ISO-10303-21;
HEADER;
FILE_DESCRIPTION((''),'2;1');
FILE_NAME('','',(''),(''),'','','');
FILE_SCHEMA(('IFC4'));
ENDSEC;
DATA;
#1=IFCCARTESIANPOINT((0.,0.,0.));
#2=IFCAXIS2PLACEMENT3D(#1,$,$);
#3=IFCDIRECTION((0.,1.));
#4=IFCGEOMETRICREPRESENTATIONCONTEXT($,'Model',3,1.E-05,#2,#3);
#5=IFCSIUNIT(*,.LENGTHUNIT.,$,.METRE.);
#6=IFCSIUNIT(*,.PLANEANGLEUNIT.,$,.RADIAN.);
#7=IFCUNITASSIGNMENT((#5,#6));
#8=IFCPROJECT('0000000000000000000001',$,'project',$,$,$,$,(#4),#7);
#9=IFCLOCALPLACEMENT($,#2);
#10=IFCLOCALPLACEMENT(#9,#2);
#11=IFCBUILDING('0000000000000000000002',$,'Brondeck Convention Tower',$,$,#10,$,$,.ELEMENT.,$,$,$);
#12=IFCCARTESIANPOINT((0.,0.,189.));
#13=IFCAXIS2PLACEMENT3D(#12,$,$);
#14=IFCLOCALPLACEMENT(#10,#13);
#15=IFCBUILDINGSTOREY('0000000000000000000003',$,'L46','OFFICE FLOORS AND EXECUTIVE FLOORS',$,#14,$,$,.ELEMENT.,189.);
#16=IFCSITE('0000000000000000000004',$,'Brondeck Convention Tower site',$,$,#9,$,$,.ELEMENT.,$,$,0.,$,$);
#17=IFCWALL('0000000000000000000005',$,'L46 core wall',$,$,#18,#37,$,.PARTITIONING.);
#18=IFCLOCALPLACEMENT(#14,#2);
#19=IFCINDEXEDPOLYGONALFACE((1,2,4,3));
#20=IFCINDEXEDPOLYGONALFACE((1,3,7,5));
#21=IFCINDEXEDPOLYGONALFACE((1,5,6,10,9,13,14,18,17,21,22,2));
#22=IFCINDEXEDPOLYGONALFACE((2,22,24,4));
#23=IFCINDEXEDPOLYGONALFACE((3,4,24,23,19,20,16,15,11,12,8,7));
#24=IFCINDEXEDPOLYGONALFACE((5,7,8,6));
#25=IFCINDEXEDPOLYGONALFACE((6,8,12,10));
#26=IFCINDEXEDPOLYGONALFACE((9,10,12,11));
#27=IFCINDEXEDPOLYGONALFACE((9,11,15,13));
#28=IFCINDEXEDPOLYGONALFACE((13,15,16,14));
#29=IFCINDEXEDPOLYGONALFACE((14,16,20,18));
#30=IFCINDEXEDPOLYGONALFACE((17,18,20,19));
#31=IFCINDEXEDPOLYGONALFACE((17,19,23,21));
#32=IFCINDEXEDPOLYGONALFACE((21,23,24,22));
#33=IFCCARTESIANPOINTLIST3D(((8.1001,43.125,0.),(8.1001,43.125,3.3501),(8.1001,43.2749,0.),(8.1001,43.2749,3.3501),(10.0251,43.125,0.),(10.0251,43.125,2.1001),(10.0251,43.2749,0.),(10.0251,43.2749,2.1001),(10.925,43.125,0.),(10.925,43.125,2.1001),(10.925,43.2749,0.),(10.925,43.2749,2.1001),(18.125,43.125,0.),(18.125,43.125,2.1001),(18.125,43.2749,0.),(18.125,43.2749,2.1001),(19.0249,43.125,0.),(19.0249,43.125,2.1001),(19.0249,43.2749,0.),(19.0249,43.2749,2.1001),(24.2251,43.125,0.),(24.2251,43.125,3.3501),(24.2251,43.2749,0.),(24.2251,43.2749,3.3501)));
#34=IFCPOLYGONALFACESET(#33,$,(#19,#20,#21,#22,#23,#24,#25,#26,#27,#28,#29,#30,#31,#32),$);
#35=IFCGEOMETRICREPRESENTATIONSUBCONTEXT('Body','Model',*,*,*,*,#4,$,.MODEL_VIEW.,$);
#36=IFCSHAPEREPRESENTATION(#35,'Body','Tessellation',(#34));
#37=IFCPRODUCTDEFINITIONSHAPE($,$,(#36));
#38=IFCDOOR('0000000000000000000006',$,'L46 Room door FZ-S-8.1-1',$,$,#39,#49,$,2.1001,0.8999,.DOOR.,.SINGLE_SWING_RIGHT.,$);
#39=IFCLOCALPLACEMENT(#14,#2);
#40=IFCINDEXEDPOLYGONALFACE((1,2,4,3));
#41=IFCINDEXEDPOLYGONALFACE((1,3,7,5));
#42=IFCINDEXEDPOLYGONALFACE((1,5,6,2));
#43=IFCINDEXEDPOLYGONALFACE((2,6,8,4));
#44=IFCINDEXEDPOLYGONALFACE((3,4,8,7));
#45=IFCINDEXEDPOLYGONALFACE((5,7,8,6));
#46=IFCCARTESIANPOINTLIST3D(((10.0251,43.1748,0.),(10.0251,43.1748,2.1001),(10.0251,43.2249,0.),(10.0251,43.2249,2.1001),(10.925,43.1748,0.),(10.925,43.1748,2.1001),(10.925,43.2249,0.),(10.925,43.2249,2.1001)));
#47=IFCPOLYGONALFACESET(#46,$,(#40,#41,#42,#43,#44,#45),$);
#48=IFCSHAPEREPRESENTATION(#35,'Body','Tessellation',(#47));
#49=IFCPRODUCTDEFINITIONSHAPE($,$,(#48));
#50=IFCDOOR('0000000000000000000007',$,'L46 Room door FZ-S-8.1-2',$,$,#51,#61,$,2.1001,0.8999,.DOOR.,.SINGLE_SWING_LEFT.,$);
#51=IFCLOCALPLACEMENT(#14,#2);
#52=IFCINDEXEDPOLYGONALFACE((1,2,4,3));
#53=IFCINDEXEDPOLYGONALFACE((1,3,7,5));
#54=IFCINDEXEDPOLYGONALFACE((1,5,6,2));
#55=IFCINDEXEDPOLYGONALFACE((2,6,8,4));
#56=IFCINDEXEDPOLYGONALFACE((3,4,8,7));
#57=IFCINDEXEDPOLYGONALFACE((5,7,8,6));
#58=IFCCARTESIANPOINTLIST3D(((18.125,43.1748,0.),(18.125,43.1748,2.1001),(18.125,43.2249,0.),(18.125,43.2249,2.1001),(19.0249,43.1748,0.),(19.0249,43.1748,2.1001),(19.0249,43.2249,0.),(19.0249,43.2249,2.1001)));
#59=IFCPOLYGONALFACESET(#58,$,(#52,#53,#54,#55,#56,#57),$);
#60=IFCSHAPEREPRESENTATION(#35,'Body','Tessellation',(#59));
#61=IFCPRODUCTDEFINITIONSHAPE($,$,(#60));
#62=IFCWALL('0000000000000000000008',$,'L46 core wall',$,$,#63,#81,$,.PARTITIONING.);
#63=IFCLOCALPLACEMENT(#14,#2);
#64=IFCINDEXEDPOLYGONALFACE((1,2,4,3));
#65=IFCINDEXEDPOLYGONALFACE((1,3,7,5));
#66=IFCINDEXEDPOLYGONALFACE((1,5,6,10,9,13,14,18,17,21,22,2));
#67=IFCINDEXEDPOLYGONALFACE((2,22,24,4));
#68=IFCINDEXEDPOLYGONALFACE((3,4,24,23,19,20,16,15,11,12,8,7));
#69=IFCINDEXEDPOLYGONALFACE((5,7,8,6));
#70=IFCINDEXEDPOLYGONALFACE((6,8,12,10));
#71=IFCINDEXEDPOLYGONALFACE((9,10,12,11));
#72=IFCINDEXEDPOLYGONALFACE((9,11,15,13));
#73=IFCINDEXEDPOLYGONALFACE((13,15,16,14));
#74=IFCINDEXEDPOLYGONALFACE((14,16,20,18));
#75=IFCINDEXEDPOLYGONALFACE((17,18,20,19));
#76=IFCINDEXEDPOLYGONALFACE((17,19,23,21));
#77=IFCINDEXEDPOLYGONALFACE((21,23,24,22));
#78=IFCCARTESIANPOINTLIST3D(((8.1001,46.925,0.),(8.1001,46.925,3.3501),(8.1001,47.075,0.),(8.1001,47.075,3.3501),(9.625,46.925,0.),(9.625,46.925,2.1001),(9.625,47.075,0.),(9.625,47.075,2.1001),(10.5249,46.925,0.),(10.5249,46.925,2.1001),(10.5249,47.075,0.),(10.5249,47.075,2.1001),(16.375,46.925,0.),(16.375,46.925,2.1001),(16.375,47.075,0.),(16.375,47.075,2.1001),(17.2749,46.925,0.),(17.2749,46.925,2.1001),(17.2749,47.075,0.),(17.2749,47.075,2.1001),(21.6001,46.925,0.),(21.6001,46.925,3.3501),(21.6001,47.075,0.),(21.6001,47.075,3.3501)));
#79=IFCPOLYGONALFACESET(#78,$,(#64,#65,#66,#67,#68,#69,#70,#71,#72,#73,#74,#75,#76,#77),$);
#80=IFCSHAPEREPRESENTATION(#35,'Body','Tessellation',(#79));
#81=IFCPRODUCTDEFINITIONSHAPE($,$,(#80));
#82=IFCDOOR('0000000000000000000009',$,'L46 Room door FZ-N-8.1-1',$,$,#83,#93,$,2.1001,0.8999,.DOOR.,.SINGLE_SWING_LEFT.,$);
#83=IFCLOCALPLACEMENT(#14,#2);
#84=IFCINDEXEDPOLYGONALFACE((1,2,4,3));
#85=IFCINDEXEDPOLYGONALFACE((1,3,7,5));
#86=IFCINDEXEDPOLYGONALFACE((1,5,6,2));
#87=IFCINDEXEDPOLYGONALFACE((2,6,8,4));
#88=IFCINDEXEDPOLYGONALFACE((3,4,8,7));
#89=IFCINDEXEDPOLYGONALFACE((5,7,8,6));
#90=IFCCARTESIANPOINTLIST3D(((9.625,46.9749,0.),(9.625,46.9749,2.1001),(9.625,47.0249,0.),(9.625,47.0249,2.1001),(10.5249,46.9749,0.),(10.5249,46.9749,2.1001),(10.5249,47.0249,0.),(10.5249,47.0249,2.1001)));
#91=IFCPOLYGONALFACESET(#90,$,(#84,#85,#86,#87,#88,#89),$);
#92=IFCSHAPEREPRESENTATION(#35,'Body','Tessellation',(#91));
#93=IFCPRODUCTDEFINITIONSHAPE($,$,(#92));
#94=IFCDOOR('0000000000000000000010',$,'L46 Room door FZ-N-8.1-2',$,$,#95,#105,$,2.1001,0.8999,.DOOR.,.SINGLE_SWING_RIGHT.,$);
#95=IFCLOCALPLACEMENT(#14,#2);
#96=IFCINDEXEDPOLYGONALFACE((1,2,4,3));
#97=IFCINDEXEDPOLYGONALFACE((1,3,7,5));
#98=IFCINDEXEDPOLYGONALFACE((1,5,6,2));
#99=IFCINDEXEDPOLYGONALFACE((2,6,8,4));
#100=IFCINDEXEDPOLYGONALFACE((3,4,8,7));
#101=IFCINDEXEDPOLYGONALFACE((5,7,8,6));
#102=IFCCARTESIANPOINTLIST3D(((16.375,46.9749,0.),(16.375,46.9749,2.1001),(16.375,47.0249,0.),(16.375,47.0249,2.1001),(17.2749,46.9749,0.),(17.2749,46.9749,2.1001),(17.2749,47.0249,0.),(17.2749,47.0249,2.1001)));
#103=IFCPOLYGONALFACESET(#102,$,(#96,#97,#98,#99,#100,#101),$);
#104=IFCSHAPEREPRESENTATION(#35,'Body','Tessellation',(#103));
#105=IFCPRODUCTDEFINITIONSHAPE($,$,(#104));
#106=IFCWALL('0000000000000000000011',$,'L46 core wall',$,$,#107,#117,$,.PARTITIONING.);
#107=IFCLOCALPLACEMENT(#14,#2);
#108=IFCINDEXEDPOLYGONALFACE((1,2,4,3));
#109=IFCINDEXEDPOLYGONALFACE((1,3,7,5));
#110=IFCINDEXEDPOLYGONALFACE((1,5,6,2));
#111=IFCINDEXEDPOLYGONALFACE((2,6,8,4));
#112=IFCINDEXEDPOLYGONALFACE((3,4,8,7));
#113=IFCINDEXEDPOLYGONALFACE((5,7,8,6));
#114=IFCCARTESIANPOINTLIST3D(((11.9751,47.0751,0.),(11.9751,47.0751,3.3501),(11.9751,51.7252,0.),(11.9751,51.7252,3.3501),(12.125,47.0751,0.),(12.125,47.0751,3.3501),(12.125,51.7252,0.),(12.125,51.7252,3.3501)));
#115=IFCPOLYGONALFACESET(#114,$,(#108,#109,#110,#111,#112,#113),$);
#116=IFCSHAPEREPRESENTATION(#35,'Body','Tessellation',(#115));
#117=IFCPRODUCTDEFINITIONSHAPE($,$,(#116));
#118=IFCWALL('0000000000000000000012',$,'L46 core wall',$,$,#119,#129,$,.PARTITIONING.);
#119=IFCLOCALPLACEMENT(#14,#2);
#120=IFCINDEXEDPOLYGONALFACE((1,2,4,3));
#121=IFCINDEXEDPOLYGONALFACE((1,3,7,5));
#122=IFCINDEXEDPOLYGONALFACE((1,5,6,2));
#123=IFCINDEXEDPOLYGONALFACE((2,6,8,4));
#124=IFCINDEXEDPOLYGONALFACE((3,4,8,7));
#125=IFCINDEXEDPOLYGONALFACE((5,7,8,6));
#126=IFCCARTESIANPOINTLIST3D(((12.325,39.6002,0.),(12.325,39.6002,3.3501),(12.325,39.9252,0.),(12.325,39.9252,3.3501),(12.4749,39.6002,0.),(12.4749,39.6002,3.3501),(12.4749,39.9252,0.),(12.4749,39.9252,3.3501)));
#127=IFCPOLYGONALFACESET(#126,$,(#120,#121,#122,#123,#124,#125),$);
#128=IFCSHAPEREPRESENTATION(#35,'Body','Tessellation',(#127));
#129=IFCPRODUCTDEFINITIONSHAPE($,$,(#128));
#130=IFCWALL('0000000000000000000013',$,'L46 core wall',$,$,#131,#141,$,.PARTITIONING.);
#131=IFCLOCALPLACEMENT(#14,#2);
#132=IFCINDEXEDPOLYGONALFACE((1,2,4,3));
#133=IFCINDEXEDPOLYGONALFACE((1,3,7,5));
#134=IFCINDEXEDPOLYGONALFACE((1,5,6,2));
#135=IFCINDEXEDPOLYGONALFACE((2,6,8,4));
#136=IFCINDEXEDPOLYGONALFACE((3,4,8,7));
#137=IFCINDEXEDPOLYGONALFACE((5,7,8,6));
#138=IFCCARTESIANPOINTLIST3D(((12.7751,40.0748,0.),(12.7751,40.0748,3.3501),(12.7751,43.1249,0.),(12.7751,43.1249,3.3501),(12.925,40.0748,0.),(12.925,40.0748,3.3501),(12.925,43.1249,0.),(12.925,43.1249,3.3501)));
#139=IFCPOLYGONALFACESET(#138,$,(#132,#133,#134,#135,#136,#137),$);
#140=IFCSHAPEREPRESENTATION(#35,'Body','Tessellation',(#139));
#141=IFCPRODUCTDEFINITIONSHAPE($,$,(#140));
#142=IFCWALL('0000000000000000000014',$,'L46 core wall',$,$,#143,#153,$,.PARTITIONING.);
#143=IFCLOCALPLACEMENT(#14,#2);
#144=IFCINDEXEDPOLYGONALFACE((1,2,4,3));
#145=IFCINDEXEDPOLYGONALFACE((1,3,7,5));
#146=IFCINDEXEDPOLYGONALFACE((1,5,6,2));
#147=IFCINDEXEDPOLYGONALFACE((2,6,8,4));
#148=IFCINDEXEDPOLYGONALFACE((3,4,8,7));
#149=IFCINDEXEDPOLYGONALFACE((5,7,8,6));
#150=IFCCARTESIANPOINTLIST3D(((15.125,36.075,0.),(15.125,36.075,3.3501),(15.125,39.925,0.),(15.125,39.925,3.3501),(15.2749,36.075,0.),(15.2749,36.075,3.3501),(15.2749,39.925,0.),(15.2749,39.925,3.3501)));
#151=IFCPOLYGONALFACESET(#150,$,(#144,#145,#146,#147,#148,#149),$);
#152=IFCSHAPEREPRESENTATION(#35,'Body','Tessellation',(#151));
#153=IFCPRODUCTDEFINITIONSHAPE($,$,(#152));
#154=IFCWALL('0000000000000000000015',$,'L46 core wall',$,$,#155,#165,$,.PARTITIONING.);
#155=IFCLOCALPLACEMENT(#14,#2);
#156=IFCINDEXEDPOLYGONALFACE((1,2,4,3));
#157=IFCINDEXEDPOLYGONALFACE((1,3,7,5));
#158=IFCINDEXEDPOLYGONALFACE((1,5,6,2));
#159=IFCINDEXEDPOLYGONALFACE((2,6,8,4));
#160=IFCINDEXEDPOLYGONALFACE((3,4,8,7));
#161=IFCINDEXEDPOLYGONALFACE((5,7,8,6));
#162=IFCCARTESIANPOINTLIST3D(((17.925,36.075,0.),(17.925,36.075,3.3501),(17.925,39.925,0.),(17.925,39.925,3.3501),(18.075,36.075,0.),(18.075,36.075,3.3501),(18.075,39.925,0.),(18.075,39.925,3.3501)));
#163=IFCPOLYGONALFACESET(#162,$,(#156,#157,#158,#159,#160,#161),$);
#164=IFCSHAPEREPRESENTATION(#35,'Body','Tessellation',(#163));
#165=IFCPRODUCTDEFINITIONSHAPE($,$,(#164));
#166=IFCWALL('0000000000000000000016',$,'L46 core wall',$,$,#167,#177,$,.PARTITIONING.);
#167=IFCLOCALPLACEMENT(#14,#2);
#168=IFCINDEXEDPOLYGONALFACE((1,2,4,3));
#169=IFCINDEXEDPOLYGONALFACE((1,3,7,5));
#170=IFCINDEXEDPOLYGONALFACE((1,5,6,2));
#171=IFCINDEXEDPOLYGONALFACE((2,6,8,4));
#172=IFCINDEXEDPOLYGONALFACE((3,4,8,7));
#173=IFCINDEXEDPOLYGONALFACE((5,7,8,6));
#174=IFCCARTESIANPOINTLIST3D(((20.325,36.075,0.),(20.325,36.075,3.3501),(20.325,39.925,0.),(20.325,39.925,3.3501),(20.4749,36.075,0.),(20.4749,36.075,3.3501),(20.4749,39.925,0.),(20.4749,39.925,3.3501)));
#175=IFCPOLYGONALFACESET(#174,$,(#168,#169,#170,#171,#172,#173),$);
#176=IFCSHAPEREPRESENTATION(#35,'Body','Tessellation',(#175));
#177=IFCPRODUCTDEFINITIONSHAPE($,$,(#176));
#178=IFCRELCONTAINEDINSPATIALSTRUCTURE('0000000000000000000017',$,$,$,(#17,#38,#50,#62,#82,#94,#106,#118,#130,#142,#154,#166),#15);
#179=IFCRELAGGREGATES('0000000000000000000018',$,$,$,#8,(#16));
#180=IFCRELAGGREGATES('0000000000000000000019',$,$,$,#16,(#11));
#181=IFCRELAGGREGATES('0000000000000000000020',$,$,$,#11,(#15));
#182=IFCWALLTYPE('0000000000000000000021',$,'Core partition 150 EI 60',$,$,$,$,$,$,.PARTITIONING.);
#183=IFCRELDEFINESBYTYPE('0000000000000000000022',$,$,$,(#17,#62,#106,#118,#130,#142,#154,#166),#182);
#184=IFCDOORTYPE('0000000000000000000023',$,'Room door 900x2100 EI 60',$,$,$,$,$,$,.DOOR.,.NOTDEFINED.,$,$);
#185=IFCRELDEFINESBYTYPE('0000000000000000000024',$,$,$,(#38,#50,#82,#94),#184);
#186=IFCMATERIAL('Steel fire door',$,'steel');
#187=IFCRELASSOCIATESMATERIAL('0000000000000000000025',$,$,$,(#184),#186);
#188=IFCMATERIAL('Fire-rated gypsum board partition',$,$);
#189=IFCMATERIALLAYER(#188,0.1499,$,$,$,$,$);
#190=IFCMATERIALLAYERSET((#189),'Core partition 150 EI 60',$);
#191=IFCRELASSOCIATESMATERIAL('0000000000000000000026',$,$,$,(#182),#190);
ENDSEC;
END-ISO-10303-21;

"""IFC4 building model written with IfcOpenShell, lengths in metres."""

from ifc_helpers import new_model, si_unit, direction, frame, frame_2d, origin, place, context, subcontext, project, spatial, rectangle, extrude, material, layer, layer_set, type_object, element, fill, save


model = new_model("IFC4")

# Units and contexts
model_context = context("Model", 3, precision=1e-05, world=origin(), true_north=direction((0.0, 1.0)))
body_context = subcontext(model_context, "Body", "Model", "MODEL_VIEW")
ifc_project = project(units=[si_unit("LENGTHUNIT", "METRE"), si_unit("PLANEANGLEUNIT", "RADIAN")], contexts=[model_context])

# Site, building, storey
site_placement = place(None, origin())
site = spatial("IfcSite", under=ifc_project, at=site_placement, Name="Brondeck Convention Tower site", CompositionType="ELEMENT", RefElevation=0.0)
building_placement = place(site_placement, origin())
building = spatial("IfcBuilding", under=site, at=building_placement, Name="Brondeck Convention Tower", CompositionType="ELEMENT")
storey_placement = place(building_placement, frame((0.0, 0.0, 189.0)))
storey = spatial("IfcBuildingStorey", under=building, at=storey_placement, Name="L46", Description="OFFICE FLOORS AND EXECUTIVE FLOORS", CompositionType="ELEMENT", Elevation=189.0)

# Shared definitions
ifc_material_1 = material(Name="Steel fire door", Category="steel")
door_type_1 = type_object("IfcDoorType", Name="Room door 900x2100 EI 60", OperationType="NOTDEFINED", PredefinedType="DOOR", material=ifc_material_1)

# Shared definitions
ifc_material_2 = material(Name="Fire-rated gypsum board partition")
ifc_layer_1 = layer(ifc_material_2, 0.1499)
ifc_layer_set_1 = layer_set([ifc_layer_1], Name="Core partition 150 EI 60")
wall_type_1 = type_object("IfcWallType", Name="Core partition 150 EI 60", PredefinedType="PARTITIONING", material=ifc_layer_set_1)

# Walls, openings, doors
wall_1_placement = place(storey_placement, frame((8.1001, 43.2, 0.0), z_axis=(0.0, 0.0, 1.0), x_axis=(1.0, 0.0, 0.0)))
wall_1 = element("IfcWall", 1, at=wall_1_placement, inside=storey, type_object=wall_type_1, Name="L46 core wall", PredefinedType="PARTITIONING", context=body_context, shape_type="SweptSolid", body=[
    extrude(rectangle(XDim=16.125, YDim=0.1499, at=frame_2d((8.0625, 0.0))), origin(), (0.0, 0.0, 1.0), 3.3501),
])
opening_1_placement = place(wall_1_placement, frame((1.925, 0.0, 0.0)))
opening_1 = element("IfcOpeningElement", 2, at=opening_1_placement, cuts=wall_1, PredefinedType="OPENING", context=body_context, shape_type="SweptSolid", body=[
    extrude(rectangle(XDim=0.8999, YDim=2.1001, at=frame_2d((0.45, 1.05))), frame((0.0, 0.085, 0.0), z_axis=(0.0, -1.0, 0.0), x_axis=(1.0, 0.0, 0.0)), (0.0, 0.0, 1.0), 0.1699),
])
opening_2_placement = place(wall_1_placement, frame((10.0249, 0.0, 0.0)))
opening_2 = element("IfcOpeningElement", 3, at=opening_2_placement, cuts=wall_1, PredefinedType="OPENING", context=body_context, shape_type="SweptSolid", body=[
    extrude(rectangle(XDim=0.8999, YDim=2.1001, at=frame_2d((0.45, 1.05))), frame((0.0, 0.085, 0.0), z_axis=(0.0, -1.0, 0.0), x_axis=(1.0, 0.0, 0.0)), (0.0, 0.0, 1.0), 0.1699),
])
door_1_placement = place(opening_1_placement, origin())
door_1 = element("IfcDoor", 4, at=door_1_placement, inside=storey, type_object=door_type_1, Name="L46 Room door FZ-S-8.1-1", OperationType="SINGLE_SWING_RIGHT", OverallHeight=2.1001, OverallWidth=0.8999, PredefinedType="DOOR", context=body_context, shape_type="SweptSolid", body=[
    extrude(rectangle(XDim=0.8999, YDim=2.1001, at=frame_2d((0.45, 1.05))), frame((0.0, 0.0249, 0.0), z_axis=(0.0, -1.0, 0.0), x_axis=(1.0, 0.0, 0.0)), (0.0, 0.0, 1.0), 0.05),
])
fill(opening_1, door_1)
door_2_placement = place(opening_2_placement, origin())
door_2 = element("IfcDoor", 5, at=door_2_placement, inside=storey, type_object=door_type_1, Name="L46 Room door FZ-S-8.1-2", OperationType="SINGLE_SWING_LEFT", OverallHeight=2.1001, OverallWidth=0.8999, PredefinedType="DOOR", context=body_context, shape_type="SweptSolid", body=[
    extrude(rectangle(XDim=0.8999, YDim=2.1001, at=frame_2d((0.45, 1.05))), frame((0.0, 0.0249, 0.0), z_axis=(0.0, -1.0, 0.0), x_axis=(1.0, 0.0, 0.0)), (0.0, 0.0, 1.0), 0.05),
])
fill(opening_2, door_2)
wall_2_placement = place(storey_placement, frame((8.1001, 47.0, 0.0), z_axis=(0.0, 0.0, 1.0), x_axis=(1.0, 0.0, 0.0)))
wall_2 = element("IfcWall", 6, at=wall_2_placement, inside=storey, type_object=wall_type_1, Name="L46 core wall", PredefinedType="PARTITIONING", context=body_context, shape_type="SweptSolid", body=[
    extrude(rectangle(XDim=13.5, YDim=0.1499, at=frame_2d((6.75, 0.0))), origin(), (0.0, 0.0, 1.0), 3.3501),
])
opening_3_placement = place(wall_2_placement, frame((1.5249, 0.0, 0.0)))
opening_3 = element("IfcOpeningElement", 7, at=opening_3_placement, cuts=wall_2, PredefinedType="OPENING", context=body_context, shape_type="SweptSolid", body=[
    extrude(rectangle(XDim=0.8999, YDim=2.1001, at=frame_2d((0.45, 1.05))), frame((0.0, 0.085, 0.0), z_axis=(0.0, -1.0, 0.0), x_axis=(1.0, 0.0, 0.0)), (0.0, 0.0, 1.0), 0.1699),
])
opening_4_placement = place(wall_2_placement, frame((8.2749, 0.0, 0.0)))
opening_4 = element("IfcOpeningElement", 8, at=opening_4_placement, cuts=wall_2, PredefinedType="OPENING", context=body_context, shape_type="SweptSolid", body=[
    extrude(rectangle(XDim=0.8999, YDim=2.1001, at=frame_2d((0.45, 1.05))), frame((0.0, 0.085, 0.0), z_axis=(0.0, -1.0, 0.0), x_axis=(1.0, 0.0, 0.0)), (0.0, 0.0, 1.0), 0.1699),
])
door_3_placement = place(opening_3_placement, origin())
door_3 = element("IfcDoor", 9, at=door_3_placement, inside=storey, type_object=door_type_1, Name="L46 Room door FZ-N-8.1-1", OperationType="SINGLE_SWING_LEFT", OverallHeight=2.1001, OverallWidth=0.8999, PredefinedType="DOOR", context=body_context, shape_type="SweptSolid", body=[
    extrude(rectangle(XDim=0.8999, YDim=2.1001, at=frame_2d((0.45, 1.05))), frame((0.0, 0.0249, 0.0), z_axis=(0.0, -1.0, 0.0), x_axis=(1.0, 0.0, 0.0)), (0.0, 0.0, 1.0), 0.05),
])
fill(opening_3, door_3)
door_4_placement = place(opening_4_placement, origin())
door_4 = element("IfcDoor", 10, at=door_4_placement, inside=storey, type_object=door_type_1, Name="L46 Room door FZ-N-8.1-2", OperationType="SINGLE_SWING_RIGHT", OverallHeight=2.1001, OverallWidth=0.8999, PredefinedType="DOOR", context=body_context, shape_type="SweptSolid", body=[
    extrude(rectangle(XDim=0.8999, YDim=2.1001, at=frame_2d((0.45, 1.05))), frame((0.0, 0.0249, 0.0), z_axis=(0.0, -1.0, 0.0), x_axis=(1.0, 0.0, 0.0)), (0.0, 0.0, 1.0), 0.05),
])
fill(opening_4, door_4)

# Walls
wall_3_placement = place(storey_placement, frame((12.05, 47.075, 0.0), z_axis=(0.0, 0.0, 1.0), x_axis=(0.0, 1.0, 0.0)))
element("IfcWall", 11, at=wall_3_placement, inside=storey, type_object=wall_type_1, Name="L46 core wall", PredefinedType="PARTITIONING", context=body_context, shape_type="SweptSolid", body=[
    extrude(rectangle(XDim=4.6501, YDim=0.1499, at=frame_2d((2.3252, 0.0))), origin(), (0.0, 0.0, 1.0), 3.3501),
])
wall_4_placement = place(storey_placement, frame((12.3999, 39.6001, 0.0), z_axis=(0.0, 0.0, 1.0), x_axis=(0.0, 1.0, 0.0)))
element("IfcWall", 12, at=wall_4_placement, inside=storey, type_object=wall_type_1, Name="L46 core wall", PredefinedType="PARTITIONING", context=body_context, shape_type="SweptSolid", body=[
    extrude(rectangle(XDim=0.325, YDim=0.1499, at=frame_2d((0.1626, 0.0))), origin(), (0.0, 0.0, 1.0), 3.3501),
])
wall_5_placement = place(storey_placement, frame((12.8501, 40.075, 0.0), z_axis=(0.0, 0.0, 1.0), x_axis=(0.0, 1.0, 0.0)))
element("IfcWall", 13, at=wall_5_placement, inside=storey, type_object=wall_type_1, Name="L46 core wall", PredefinedType="PARTITIONING", context=body_context, shape_type="SweptSolid", body=[
    extrude(rectangle(XDim=3.05, YDim=0.1499, at=frame_2d((1.5249, 0.0))), origin(), (0.0, 0.0, 1.0), 3.3501),
])
for number, where, z_axis, x_axis, name in (
    (14, (15.2, 36.075, 0.0), (0.0, 0.0, 1.0), (0.0, 1.0, 0.0), "L46 core wall"),
    (15, (18.0, 36.075, 0.0), (0.0, 0.0, 1.0), (0.0, 1.0, 0.0), "L46 core wall"),
    (16, (20.3999, 36.075, 0.0), (0.0, 0.0, 1.0), (0.0, 1.0, 0.0), "L46 core wall"),
):
    element("IfcWall", number, at=place(storey_placement, frame(where, z_axis=z_axis, x_axis=x_axis)), inside=storey, type_object=wall_type_1, Name=name, PredefinedType="PARTITIONING", context=body_context, shape_type="SweptSolid", body=[
        extrude(rectangle(XDim=3.8501, YDim=0.1499, at=frame_2d((1.925, 0.0))), origin(), (0.0, 0.0, 1.0), 3.3501),
    ])

save(model, "model.ifc")
